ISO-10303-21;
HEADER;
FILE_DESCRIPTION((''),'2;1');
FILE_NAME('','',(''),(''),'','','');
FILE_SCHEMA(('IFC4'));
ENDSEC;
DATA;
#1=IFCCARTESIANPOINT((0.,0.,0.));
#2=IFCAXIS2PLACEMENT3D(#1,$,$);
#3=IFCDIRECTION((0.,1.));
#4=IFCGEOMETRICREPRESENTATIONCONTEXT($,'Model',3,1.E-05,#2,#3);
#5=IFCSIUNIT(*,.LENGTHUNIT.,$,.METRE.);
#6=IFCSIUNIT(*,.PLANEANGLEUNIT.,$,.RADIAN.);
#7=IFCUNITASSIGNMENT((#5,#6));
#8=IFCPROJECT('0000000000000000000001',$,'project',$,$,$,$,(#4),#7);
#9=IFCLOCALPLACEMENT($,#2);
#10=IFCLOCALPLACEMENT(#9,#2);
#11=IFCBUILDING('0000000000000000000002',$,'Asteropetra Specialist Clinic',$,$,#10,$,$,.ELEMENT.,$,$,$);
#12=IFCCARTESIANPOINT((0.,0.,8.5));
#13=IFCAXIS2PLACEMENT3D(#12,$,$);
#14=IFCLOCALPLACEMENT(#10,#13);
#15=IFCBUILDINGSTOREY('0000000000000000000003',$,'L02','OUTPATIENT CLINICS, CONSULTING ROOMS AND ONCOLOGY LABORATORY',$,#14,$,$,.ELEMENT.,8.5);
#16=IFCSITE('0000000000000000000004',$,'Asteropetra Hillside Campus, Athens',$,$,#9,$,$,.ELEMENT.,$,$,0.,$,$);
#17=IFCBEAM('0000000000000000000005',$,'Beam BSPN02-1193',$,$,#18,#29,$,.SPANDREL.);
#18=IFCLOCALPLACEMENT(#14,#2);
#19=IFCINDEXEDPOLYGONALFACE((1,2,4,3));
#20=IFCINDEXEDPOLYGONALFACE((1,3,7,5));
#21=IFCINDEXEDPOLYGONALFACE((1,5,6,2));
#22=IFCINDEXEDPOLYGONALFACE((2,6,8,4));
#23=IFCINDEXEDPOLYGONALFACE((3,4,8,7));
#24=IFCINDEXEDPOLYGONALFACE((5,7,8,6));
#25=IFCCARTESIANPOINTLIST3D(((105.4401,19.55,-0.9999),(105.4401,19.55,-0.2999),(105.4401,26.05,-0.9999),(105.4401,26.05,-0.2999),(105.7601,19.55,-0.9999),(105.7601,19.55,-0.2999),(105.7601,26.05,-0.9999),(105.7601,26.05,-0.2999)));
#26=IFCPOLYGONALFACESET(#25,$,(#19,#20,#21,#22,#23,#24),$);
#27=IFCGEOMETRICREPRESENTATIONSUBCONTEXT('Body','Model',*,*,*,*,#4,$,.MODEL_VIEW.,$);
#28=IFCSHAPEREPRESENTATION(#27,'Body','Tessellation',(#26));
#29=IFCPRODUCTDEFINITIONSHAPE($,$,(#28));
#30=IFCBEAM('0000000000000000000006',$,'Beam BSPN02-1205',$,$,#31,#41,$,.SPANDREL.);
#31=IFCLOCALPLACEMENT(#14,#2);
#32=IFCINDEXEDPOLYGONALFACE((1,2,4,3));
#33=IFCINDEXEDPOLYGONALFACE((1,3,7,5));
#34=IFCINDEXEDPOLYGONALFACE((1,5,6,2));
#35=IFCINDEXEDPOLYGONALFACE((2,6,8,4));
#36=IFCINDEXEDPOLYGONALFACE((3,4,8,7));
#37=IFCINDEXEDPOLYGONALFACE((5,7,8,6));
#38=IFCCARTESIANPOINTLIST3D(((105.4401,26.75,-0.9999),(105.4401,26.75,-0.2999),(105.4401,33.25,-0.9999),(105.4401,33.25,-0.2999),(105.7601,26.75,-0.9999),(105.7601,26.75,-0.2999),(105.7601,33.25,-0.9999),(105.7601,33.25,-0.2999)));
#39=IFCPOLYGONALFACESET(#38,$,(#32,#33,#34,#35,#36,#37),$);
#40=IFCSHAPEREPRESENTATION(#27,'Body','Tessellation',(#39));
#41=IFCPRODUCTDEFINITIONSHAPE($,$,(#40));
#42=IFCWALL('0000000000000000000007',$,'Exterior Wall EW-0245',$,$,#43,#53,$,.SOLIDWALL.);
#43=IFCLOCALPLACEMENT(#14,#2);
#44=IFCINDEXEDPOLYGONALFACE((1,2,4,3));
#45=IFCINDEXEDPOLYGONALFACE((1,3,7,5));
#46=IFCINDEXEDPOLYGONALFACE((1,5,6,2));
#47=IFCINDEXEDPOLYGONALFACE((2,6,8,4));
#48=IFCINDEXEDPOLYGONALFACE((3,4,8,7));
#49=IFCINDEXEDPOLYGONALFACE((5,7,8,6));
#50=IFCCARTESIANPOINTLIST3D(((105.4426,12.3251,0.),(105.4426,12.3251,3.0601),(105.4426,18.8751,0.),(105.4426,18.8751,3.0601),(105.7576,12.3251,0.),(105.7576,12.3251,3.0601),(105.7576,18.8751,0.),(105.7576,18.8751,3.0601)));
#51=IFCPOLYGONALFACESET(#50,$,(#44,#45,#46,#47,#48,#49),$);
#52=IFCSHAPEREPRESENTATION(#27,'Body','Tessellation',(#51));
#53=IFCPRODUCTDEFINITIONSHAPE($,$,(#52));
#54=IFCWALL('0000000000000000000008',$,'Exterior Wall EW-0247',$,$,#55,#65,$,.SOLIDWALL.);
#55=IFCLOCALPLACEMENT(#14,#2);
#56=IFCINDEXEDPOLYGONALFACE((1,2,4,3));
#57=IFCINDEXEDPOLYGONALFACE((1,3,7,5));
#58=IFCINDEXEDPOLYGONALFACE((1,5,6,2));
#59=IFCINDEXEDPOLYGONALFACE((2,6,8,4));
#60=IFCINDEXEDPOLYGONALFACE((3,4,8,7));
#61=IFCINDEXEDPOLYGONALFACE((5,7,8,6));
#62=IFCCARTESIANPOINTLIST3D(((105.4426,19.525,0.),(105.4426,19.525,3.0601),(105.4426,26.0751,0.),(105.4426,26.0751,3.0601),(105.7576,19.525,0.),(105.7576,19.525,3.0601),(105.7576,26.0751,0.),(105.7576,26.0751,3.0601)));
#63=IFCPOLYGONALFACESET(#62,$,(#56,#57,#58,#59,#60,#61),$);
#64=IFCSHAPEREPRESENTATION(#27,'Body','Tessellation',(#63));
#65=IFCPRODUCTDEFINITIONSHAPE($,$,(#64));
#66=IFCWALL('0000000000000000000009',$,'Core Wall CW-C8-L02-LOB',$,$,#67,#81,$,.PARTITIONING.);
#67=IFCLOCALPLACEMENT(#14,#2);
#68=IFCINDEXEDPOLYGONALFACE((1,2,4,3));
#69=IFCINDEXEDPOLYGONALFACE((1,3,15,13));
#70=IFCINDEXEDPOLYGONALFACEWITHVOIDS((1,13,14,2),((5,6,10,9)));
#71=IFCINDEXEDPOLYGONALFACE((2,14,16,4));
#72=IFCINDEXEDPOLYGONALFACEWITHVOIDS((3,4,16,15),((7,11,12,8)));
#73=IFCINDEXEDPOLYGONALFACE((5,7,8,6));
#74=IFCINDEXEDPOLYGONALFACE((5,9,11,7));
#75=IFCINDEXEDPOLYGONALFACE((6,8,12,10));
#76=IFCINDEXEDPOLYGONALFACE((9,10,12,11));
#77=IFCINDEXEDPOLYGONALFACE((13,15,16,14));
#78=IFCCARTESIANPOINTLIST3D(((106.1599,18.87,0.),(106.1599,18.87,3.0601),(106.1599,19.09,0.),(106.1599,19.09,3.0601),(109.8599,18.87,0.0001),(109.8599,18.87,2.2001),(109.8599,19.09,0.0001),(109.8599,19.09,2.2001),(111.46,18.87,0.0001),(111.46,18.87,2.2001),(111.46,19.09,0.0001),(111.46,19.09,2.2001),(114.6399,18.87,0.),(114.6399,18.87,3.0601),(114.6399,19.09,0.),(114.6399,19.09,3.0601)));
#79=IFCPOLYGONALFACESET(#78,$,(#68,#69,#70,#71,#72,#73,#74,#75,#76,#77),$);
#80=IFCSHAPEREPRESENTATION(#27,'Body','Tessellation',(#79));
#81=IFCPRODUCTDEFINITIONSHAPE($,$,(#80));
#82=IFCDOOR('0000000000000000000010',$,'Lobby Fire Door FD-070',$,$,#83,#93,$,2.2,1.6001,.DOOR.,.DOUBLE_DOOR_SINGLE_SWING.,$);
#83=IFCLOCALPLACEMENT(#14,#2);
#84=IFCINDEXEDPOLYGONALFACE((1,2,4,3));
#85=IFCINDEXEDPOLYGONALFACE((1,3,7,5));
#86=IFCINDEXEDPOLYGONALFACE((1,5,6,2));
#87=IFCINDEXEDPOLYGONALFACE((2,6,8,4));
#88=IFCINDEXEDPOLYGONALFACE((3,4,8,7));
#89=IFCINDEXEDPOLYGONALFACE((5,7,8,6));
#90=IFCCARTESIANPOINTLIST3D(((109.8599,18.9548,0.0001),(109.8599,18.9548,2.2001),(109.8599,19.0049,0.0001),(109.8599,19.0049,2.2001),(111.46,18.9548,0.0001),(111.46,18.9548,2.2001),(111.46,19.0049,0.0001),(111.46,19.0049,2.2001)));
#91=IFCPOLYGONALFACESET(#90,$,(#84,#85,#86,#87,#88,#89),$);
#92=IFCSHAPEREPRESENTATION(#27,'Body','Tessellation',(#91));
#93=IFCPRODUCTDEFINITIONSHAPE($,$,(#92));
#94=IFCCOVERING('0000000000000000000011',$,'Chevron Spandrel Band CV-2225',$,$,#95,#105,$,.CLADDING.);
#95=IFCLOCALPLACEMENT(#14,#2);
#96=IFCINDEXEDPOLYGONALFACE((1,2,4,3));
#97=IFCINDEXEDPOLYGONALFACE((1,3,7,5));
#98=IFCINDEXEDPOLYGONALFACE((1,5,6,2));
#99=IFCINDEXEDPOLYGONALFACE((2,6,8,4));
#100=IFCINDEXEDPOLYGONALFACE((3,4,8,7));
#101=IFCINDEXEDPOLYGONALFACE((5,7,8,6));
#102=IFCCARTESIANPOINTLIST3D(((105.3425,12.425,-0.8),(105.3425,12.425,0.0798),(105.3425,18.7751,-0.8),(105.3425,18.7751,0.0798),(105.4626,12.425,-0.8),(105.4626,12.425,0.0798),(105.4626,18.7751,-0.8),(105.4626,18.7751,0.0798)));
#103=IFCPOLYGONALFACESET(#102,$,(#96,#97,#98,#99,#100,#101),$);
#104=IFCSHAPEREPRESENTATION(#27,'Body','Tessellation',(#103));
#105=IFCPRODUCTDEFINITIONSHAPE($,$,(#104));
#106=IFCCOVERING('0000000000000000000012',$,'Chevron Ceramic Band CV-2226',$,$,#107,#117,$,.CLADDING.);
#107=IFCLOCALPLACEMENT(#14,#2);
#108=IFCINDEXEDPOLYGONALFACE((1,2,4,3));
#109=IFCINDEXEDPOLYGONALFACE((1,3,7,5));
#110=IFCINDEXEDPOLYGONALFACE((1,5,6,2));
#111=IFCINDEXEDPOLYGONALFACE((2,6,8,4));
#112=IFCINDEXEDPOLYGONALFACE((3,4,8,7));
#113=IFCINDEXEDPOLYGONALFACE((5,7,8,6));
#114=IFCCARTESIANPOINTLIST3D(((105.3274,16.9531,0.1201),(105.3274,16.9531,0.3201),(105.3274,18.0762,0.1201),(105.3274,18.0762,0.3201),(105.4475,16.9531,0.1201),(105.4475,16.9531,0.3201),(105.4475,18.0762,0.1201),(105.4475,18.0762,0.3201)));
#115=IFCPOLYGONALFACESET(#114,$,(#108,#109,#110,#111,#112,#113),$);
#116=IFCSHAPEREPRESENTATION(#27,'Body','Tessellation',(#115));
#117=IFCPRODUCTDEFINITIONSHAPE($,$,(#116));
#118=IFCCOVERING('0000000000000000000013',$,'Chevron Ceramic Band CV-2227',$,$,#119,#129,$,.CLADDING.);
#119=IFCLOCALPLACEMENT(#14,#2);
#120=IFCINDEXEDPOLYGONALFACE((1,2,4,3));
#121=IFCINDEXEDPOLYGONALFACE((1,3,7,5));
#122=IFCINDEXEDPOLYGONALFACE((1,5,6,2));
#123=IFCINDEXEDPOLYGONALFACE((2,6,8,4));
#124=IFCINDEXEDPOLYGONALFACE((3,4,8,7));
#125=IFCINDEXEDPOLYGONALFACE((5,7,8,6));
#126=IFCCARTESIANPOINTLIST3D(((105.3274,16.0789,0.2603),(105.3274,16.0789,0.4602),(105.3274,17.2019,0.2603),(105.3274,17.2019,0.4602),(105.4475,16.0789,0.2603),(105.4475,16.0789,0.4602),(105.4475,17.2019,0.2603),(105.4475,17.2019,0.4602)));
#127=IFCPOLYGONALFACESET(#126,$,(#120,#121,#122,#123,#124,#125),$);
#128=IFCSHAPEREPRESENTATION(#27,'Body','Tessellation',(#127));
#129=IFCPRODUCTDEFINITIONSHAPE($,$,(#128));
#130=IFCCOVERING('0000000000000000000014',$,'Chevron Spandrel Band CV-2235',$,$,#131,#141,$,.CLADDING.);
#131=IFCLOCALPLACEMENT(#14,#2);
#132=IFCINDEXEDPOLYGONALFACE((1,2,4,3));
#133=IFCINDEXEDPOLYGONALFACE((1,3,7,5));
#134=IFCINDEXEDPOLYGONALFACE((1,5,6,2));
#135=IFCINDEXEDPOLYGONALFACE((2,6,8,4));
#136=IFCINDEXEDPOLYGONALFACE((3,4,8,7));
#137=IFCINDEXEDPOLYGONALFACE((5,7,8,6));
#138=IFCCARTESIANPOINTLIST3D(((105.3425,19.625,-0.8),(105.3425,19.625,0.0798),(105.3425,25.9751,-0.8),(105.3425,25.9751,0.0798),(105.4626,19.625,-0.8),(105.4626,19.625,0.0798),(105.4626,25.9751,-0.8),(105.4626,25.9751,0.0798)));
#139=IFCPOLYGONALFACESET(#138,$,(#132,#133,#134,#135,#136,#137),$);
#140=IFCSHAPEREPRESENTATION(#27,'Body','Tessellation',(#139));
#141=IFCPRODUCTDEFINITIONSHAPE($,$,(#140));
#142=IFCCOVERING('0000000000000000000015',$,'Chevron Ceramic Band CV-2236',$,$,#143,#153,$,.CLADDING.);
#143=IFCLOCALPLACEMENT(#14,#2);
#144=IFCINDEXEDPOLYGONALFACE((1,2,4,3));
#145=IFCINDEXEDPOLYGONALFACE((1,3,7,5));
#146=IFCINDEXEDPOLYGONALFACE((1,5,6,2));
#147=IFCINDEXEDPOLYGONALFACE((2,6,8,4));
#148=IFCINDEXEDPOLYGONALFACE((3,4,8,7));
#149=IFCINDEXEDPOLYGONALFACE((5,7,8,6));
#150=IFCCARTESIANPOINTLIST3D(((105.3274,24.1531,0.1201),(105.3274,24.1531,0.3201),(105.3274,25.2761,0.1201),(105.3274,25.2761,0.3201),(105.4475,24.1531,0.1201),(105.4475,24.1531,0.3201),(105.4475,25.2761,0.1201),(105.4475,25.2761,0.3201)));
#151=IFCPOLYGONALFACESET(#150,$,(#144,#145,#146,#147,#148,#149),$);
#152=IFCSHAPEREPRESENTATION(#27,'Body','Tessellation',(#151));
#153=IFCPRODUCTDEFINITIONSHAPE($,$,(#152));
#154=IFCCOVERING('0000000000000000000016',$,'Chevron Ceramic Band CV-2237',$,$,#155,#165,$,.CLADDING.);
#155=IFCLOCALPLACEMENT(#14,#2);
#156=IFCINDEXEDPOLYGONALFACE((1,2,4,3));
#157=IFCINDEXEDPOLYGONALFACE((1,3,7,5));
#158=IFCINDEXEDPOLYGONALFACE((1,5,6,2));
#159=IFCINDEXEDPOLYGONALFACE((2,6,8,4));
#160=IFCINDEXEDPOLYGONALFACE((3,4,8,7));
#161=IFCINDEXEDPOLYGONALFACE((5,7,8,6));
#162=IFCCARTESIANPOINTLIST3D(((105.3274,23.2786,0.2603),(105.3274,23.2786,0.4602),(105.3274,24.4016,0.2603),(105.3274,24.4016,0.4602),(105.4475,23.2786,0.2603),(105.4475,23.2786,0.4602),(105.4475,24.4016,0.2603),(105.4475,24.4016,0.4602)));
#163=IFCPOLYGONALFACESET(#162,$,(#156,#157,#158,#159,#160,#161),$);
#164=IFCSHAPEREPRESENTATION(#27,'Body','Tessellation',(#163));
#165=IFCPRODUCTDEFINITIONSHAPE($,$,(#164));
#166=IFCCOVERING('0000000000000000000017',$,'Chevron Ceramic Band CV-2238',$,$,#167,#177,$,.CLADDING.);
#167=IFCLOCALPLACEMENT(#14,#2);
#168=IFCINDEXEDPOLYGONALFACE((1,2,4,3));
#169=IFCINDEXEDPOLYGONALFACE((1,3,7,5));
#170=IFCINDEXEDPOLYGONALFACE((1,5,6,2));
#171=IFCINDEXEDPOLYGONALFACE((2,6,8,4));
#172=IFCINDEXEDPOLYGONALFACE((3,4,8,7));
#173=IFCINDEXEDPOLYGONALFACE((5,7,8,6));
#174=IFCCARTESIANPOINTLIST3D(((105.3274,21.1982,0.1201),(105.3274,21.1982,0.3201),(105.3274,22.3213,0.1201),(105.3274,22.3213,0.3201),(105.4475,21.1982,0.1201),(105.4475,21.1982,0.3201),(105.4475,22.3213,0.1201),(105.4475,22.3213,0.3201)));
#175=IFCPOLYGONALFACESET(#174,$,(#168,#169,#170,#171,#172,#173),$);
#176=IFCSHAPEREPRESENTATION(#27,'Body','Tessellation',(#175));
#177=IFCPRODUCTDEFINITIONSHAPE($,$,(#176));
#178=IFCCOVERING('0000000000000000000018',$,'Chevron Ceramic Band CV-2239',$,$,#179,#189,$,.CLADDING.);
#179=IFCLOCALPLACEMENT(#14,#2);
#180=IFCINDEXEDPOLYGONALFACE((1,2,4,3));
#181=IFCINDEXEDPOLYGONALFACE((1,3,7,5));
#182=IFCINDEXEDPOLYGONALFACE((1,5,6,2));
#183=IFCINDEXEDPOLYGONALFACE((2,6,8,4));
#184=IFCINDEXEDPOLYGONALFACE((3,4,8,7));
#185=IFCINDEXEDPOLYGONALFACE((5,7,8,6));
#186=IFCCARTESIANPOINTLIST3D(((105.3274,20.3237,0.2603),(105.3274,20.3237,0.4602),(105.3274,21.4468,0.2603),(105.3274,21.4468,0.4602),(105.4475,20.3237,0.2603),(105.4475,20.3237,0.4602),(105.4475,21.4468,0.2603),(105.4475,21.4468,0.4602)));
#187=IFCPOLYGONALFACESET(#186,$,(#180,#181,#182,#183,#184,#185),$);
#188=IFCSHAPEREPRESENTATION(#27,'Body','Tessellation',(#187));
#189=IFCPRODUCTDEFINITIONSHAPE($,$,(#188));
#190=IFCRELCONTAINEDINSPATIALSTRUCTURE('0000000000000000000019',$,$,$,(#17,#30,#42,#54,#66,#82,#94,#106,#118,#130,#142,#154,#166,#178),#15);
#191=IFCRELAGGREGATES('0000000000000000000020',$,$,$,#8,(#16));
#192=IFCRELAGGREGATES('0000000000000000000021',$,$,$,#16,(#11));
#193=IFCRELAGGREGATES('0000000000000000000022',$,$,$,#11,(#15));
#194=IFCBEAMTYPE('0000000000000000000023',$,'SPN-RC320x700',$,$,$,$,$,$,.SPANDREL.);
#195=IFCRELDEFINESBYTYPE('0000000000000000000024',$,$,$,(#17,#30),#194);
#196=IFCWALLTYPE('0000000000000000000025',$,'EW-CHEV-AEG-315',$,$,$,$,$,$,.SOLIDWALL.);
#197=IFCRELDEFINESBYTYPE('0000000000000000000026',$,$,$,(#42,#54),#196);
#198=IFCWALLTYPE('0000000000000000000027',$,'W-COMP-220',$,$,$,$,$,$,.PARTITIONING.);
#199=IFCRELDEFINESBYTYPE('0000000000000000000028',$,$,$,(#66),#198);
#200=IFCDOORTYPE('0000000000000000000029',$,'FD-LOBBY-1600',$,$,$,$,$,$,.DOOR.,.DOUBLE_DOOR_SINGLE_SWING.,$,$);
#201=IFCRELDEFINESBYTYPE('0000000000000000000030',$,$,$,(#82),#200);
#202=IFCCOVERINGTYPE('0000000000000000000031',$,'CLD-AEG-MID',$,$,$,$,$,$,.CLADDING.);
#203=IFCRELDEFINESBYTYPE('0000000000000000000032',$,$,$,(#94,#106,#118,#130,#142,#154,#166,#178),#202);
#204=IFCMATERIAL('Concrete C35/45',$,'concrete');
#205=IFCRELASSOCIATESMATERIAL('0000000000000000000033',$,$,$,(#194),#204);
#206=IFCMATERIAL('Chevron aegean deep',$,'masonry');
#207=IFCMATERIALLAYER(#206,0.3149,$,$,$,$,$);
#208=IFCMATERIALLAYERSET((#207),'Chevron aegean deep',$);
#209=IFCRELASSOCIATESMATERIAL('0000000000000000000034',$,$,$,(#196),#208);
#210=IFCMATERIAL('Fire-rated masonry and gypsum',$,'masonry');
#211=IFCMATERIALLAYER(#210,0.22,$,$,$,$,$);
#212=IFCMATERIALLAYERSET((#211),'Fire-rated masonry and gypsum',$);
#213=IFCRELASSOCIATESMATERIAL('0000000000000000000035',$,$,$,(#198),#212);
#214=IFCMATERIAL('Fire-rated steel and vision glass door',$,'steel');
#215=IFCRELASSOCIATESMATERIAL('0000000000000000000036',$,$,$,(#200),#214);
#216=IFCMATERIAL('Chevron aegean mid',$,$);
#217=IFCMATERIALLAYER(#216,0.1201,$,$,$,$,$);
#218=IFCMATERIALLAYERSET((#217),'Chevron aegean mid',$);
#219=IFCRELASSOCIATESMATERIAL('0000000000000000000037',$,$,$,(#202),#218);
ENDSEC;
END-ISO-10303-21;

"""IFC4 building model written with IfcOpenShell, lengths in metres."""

from ifc_helpers import new_model, si_unit, direction, frame, frame_2d, origin, origin_2d, place, context, subcontext, project, spatial, rectangle, extrude, material, layer, layer_set, material_profile, profile_set, type_object, element, fill, save


model = new_model("IFC4")

# Units and contexts
model_context = context("Model", 3, precision=1e-05, world=origin(), true_north=direction((0.0, 1.0)))
body_context = subcontext(model_context, "Body", "Model", "MODEL_VIEW")
ifc_project = project(units=[si_unit("LENGTHUNIT", "METRE"), si_unit("PLANEANGLEUNIT", "RADIAN")], contexts=[model_context])

# Site, building, storey
site_placement = place(None, origin())
site = spatial("IfcSite", under=ifc_project, at=site_placement, Name="Asteropetra Hillside Campus, Athens", CompositionType="ELEMENT", RefElevation=0.0)
building_placement = place(site_placement, origin())
building = spatial("IfcBuilding", under=site, at=building_placement, Name="Asteropetra Specialist Clinic", CompositionType="ELEMENT")
storey_placement = place(building_placement, frame((0.0, 0.0, 8.5)))
storey = spatial("IfcBuildingStorey", under=building, at=storey_placement, Name="L02", Description="OUTPATIENT CLINICS, CONSULTING ROOMS AND ONCOLOGY LABORATORY", CompositionType="ELEMENT", Elevation=8.5)

# Beams
ifc_material_1 = material(Name="Concrete C35/45", Category="concrete")
ifc_material_profile_1 = material_profile(ifc_material_1, rectangle(XDim=0.3201, YDim=0.7, at=origin_2d()), Name="RCS 320x700")
ifc_profile_set_1 = profile_set([ifc_material_profile_1], Name="Concrete C35/45")
beam_type_1 = type_object("IfcBeamType", Name="SPN-RC320x700", PredefinedType="SPANDREL", material=ifc_profile_set_1)
for number, where, z_axis, x_axis, name in (
    (1, (105.6001, 19.55, -0.6499), (0.0, 1.0, 0.0), (-1.0, 0.0, 0.0), "Beam BSPN02-1193"),
    (2, (105.6001, 26.75, -0.6499), (0.0, 1.0, 0.0), (-1.0, 0.0, 0.0), "Beam BSPN02-1205"),
):
    element("IfcBeam", number, at=place(storey_placement, frame(where, z_axis=z_axis, x_axis=x_axis)), inside=storey, type_object=beam_type_1, Name=name, PredefinedType="SPANDREL", context=body_context, shape_type="SweptSolid", body=[
        extrude(rectangle(XDim=0.3201, YDim=0.7, at=origin_2d()), origin(), (0.0, 0.0, 1.0), 6.5),
    ])

# Walls
ifc_material_2 = material(Name="Chevron aegean deep", Category="masonry")
ifc_layer_1 = layer(ifc_material_2, 0.3149)
ifc_layer_set_1 = layer_set([ifc_layer_1], Name="Chevron aegean deep")
wall_type_1 = type_object("IfcWallType", Name="EW-CHEV-AEG-315", PredefinedType="SOLIDWALL", material=ifc_layer_set_1)
for number, where, z_axis, x_axis, name in (
    (3, (105.6001, 18.875, 0.0), (0.0, 0.0, 1.0), (0.0, -1.0, 0.0), "Exterior Wall EW-0245"),
    (4, (105.6001, 26.075, 0.0), (0.0, 0.0, 1.0), (0.0, -1.0, 0.0), "Exterior Wall EW-0247"),
):
    element("IfcWall", number, at=place(storey_placement, frame(where, z_axis=z_axis, x_axis=x_axis)), inside=storey, type_object=wall_type_1, Name=name, PredefinedType="SOLIDWALL", context=body_context, shape_type="SweptSolid", body=[
        extrude(rectangle(XDim=6.55, YDim=0.3149, at=frame_2d((3.2749, 0.0))), origin(), (0.0, 0.0, 1.0), 3.0601),
    ])

# Wall, opening, door
ifc_material_3 = material(Name="Fire-rated masonry and gypsum", Category="masonry")
ifc_layer_2 = layer(ifc_material_3, 0.22)
ifc_layer_set_2 = layer_set([ifc_layer_2], Name="Fire-rated masonry and gypsum")
wall_type_2 = type_object("IfcWallType", Name="W-COMP-220", PredefinedType="PARTITIONING", material=ifc_layer_set_2)
wall_1_placement = place(storey_placement, frame((106.1599, 18.98, 0.0), z_axis=(0.0, 0.0, 1.0), x_axis=(1.0, 0.0, 0.0)))
wall_1 = element("IfcWall", 5, at=wall_1_placement, inside=storey, type_object=wall_type_2, Name="Core Wall CW-C8-L02-LOB", PredefinedType="PARTITIONING", context=body_context, shape_type="SweptSolid", body=[
    extrude(rectangle(XDim=8.48, YDim=0.22, at=frame_2d((4.24, 0.0))), origin(), (0.0, 0.0, 1.0), 3.0601),
])
opening_1_placement = place(wall_1_placement, frame((3.7, 0.0, 0.0)))
opening_1 = element("IfcOpeningElement", 6, at=opening_1_placement, cuts=wall_1, PredefinedType="OPENING", context=body_context, shape_type="SweptSolid", body=[
    extrude(rectangle(XDim=1.6001, YDim=2.2, at=frame_2d((0.8, 1.1001))), frame((0.0, 0.1199, 0.0), z_axis=(0.0, -1.0, 0.0), x_axis=(1.0, 0.0, 0.0)), (0.0, 0.0, 1.0), 0.24),
])
ifc_material_4 = material(Name="Fire-rated steel and vision glass door", Category="steel")
door_type_1 = type_object("IfcDoorType", Name="FD-LOBBY-1600", OperationType="DOUBLE_DOOR_SINGLE_SWING", PredefinedType="DOOR", material=ifc_material_4)
door_1_placement = place(opening_1_placement, origin())
door_1 = element("IfcDoor", 7, at=door_1_placement, inside=storey, type_object=door_type_1, Name="Lobby Fire Door FD-070", OperationType="DOUBLE_DOOR_SINGLE_SWING", OverallHeight=2.2, OverallWidth=1.6001, PredefinedType="DOOR", context=body_context, shape_type="SweptSolid", body=[
    extrude(rectangle(XDim=1.6001, YDim=2.2, at=frame_2d((0.8, 1.1001))), frame((0.0, 0.0249, 0.0), z_axis=(0.0, -1.0, 0.0), x_axis=(1.0, 0.0, 0.0)), (0.0, 0.0, 1.0), 0.05),
])
fill(opening_1, door_1)

# Coverings
ifc_material_5 = material(Name="Chevron aegean mid")
ifc_layer_3 = layer(ifc_material_5, 0.1201)
ifc_layer_set_3 = layer_set([ifc_layer_3], Name="Chevron aegean mid")
covering_type = type_object("IfcCoveringType", Name="CLD-AEG-MID", PredefinedType="CLADDING", material=ifc_layer_set_3)
covering_1_placement = place(storey_placement, frame((105.4026, 15.6001, -0.8), z_axis=(0.0, 0.0, 1.0), x_axis=(1.0, 0.0, 0.0)))
element("IfcCovering", 8, at=covering_1_placement, inside=storey, type_object=covering_type, Name="Chevron Spandrel Band CV-2225", PredefinedType="CLADDING", context=body_context, shape_type="SweptSolid", body=[
    extrude(rectangle(XDim=0.1201, YDim=6.3501, at=origin_2d()), origin(), (0.0, 0.0, 1.0), 0.8799),
])
for number, where, z_axis, x_axis, name in (
    (9, (105.3875, 17.5146, 0.1201), (0.0, 0.0, 1.0), (1.0, 0.0, 0.0), "Chevron Ceramic Band CV-2226"),
    (10, (105.3875, 16.6404, 0.2603), (0.0, 0.0, 1.0), (1.0, 0.0, 0.0), "Chevron Ceramic Band CV-2227"),
):
    element("IfcCovering", number, at=place(storey_placement, frame(where, z_axis=z_axis, x_axis=x_axis)), inside=storey, type_object=covering_type, Name=name, PredefinedType="CLADDING", context=body_context, shape_type="SweptSolid", body=[
        extrude(rectangle(XDim=0.1201, YDim=1.123, at=origin_2d()), origin(), (0.0, 0.0, 1.0), 0.2),
    ])
covering_2_placement = place(storey_placement, frame((105.4026, 22.8, -0.8), z_axis=(0.0, 0.0, 1.0), x_axis=(1.0, 0.0, 0.0)))
element("IfcCovering", 11, at=covering_2_placement, inside=storey, type_object=covering_type, Name="Chevron Spandrel Band CV-2235", PredefinedType="CLADDING", context=body_context, shape_type="SweptSolid", body=[
    extrude(rectangle(XDim=0.1201, YDim=6.3501, at=origin_2d()), origin(), (0.0, 0.0, 1.0), 0.8799),
])
for number, where, z_axis, x_axis, name in (
    (12, (105.3875, 24.7146, 0.1201), (0.0, 0.0, 1.0), (1.0, 0.0, 0.0), "Chevron Ceramic Band CV-2236"),
    (13, (105.3875, 23.8401, 0.2603), (0.0, 0.0, 1.0), (1.0, 0.0, 0.0), "Chevron Ceramic Band CV-2237"),
    (14, (105.3875, 21.7598, 0.1201), (0.0, 0.0, 1.0), (1.0, 0.0, 0.0), "Chevron Ceramic Band CV-2238"),
    (15, (105.3875, 20.8853, 0.2603), (0.0, 0.0, 1.0), (1.0, 0.0, 0.0), "Chevron Ceramic Band CV-2239"),
):
    element("IfcCovering", number, at=place(storey_placement, frame(where, z_axis=z_axis, x_axis=x_axis)), inside=storey, type_object=covering_type, Name=name, PredefinedType="CLADDING", context=body_context, shape_type="SweptSolid", body=[
        extrude(rectangle(XDim=0.1201, YDim=1.123, at=origin_2d()), origin(), (0.0, 0.0, 1.0), 0.2),
    ])

save(model, "model.ifc")
